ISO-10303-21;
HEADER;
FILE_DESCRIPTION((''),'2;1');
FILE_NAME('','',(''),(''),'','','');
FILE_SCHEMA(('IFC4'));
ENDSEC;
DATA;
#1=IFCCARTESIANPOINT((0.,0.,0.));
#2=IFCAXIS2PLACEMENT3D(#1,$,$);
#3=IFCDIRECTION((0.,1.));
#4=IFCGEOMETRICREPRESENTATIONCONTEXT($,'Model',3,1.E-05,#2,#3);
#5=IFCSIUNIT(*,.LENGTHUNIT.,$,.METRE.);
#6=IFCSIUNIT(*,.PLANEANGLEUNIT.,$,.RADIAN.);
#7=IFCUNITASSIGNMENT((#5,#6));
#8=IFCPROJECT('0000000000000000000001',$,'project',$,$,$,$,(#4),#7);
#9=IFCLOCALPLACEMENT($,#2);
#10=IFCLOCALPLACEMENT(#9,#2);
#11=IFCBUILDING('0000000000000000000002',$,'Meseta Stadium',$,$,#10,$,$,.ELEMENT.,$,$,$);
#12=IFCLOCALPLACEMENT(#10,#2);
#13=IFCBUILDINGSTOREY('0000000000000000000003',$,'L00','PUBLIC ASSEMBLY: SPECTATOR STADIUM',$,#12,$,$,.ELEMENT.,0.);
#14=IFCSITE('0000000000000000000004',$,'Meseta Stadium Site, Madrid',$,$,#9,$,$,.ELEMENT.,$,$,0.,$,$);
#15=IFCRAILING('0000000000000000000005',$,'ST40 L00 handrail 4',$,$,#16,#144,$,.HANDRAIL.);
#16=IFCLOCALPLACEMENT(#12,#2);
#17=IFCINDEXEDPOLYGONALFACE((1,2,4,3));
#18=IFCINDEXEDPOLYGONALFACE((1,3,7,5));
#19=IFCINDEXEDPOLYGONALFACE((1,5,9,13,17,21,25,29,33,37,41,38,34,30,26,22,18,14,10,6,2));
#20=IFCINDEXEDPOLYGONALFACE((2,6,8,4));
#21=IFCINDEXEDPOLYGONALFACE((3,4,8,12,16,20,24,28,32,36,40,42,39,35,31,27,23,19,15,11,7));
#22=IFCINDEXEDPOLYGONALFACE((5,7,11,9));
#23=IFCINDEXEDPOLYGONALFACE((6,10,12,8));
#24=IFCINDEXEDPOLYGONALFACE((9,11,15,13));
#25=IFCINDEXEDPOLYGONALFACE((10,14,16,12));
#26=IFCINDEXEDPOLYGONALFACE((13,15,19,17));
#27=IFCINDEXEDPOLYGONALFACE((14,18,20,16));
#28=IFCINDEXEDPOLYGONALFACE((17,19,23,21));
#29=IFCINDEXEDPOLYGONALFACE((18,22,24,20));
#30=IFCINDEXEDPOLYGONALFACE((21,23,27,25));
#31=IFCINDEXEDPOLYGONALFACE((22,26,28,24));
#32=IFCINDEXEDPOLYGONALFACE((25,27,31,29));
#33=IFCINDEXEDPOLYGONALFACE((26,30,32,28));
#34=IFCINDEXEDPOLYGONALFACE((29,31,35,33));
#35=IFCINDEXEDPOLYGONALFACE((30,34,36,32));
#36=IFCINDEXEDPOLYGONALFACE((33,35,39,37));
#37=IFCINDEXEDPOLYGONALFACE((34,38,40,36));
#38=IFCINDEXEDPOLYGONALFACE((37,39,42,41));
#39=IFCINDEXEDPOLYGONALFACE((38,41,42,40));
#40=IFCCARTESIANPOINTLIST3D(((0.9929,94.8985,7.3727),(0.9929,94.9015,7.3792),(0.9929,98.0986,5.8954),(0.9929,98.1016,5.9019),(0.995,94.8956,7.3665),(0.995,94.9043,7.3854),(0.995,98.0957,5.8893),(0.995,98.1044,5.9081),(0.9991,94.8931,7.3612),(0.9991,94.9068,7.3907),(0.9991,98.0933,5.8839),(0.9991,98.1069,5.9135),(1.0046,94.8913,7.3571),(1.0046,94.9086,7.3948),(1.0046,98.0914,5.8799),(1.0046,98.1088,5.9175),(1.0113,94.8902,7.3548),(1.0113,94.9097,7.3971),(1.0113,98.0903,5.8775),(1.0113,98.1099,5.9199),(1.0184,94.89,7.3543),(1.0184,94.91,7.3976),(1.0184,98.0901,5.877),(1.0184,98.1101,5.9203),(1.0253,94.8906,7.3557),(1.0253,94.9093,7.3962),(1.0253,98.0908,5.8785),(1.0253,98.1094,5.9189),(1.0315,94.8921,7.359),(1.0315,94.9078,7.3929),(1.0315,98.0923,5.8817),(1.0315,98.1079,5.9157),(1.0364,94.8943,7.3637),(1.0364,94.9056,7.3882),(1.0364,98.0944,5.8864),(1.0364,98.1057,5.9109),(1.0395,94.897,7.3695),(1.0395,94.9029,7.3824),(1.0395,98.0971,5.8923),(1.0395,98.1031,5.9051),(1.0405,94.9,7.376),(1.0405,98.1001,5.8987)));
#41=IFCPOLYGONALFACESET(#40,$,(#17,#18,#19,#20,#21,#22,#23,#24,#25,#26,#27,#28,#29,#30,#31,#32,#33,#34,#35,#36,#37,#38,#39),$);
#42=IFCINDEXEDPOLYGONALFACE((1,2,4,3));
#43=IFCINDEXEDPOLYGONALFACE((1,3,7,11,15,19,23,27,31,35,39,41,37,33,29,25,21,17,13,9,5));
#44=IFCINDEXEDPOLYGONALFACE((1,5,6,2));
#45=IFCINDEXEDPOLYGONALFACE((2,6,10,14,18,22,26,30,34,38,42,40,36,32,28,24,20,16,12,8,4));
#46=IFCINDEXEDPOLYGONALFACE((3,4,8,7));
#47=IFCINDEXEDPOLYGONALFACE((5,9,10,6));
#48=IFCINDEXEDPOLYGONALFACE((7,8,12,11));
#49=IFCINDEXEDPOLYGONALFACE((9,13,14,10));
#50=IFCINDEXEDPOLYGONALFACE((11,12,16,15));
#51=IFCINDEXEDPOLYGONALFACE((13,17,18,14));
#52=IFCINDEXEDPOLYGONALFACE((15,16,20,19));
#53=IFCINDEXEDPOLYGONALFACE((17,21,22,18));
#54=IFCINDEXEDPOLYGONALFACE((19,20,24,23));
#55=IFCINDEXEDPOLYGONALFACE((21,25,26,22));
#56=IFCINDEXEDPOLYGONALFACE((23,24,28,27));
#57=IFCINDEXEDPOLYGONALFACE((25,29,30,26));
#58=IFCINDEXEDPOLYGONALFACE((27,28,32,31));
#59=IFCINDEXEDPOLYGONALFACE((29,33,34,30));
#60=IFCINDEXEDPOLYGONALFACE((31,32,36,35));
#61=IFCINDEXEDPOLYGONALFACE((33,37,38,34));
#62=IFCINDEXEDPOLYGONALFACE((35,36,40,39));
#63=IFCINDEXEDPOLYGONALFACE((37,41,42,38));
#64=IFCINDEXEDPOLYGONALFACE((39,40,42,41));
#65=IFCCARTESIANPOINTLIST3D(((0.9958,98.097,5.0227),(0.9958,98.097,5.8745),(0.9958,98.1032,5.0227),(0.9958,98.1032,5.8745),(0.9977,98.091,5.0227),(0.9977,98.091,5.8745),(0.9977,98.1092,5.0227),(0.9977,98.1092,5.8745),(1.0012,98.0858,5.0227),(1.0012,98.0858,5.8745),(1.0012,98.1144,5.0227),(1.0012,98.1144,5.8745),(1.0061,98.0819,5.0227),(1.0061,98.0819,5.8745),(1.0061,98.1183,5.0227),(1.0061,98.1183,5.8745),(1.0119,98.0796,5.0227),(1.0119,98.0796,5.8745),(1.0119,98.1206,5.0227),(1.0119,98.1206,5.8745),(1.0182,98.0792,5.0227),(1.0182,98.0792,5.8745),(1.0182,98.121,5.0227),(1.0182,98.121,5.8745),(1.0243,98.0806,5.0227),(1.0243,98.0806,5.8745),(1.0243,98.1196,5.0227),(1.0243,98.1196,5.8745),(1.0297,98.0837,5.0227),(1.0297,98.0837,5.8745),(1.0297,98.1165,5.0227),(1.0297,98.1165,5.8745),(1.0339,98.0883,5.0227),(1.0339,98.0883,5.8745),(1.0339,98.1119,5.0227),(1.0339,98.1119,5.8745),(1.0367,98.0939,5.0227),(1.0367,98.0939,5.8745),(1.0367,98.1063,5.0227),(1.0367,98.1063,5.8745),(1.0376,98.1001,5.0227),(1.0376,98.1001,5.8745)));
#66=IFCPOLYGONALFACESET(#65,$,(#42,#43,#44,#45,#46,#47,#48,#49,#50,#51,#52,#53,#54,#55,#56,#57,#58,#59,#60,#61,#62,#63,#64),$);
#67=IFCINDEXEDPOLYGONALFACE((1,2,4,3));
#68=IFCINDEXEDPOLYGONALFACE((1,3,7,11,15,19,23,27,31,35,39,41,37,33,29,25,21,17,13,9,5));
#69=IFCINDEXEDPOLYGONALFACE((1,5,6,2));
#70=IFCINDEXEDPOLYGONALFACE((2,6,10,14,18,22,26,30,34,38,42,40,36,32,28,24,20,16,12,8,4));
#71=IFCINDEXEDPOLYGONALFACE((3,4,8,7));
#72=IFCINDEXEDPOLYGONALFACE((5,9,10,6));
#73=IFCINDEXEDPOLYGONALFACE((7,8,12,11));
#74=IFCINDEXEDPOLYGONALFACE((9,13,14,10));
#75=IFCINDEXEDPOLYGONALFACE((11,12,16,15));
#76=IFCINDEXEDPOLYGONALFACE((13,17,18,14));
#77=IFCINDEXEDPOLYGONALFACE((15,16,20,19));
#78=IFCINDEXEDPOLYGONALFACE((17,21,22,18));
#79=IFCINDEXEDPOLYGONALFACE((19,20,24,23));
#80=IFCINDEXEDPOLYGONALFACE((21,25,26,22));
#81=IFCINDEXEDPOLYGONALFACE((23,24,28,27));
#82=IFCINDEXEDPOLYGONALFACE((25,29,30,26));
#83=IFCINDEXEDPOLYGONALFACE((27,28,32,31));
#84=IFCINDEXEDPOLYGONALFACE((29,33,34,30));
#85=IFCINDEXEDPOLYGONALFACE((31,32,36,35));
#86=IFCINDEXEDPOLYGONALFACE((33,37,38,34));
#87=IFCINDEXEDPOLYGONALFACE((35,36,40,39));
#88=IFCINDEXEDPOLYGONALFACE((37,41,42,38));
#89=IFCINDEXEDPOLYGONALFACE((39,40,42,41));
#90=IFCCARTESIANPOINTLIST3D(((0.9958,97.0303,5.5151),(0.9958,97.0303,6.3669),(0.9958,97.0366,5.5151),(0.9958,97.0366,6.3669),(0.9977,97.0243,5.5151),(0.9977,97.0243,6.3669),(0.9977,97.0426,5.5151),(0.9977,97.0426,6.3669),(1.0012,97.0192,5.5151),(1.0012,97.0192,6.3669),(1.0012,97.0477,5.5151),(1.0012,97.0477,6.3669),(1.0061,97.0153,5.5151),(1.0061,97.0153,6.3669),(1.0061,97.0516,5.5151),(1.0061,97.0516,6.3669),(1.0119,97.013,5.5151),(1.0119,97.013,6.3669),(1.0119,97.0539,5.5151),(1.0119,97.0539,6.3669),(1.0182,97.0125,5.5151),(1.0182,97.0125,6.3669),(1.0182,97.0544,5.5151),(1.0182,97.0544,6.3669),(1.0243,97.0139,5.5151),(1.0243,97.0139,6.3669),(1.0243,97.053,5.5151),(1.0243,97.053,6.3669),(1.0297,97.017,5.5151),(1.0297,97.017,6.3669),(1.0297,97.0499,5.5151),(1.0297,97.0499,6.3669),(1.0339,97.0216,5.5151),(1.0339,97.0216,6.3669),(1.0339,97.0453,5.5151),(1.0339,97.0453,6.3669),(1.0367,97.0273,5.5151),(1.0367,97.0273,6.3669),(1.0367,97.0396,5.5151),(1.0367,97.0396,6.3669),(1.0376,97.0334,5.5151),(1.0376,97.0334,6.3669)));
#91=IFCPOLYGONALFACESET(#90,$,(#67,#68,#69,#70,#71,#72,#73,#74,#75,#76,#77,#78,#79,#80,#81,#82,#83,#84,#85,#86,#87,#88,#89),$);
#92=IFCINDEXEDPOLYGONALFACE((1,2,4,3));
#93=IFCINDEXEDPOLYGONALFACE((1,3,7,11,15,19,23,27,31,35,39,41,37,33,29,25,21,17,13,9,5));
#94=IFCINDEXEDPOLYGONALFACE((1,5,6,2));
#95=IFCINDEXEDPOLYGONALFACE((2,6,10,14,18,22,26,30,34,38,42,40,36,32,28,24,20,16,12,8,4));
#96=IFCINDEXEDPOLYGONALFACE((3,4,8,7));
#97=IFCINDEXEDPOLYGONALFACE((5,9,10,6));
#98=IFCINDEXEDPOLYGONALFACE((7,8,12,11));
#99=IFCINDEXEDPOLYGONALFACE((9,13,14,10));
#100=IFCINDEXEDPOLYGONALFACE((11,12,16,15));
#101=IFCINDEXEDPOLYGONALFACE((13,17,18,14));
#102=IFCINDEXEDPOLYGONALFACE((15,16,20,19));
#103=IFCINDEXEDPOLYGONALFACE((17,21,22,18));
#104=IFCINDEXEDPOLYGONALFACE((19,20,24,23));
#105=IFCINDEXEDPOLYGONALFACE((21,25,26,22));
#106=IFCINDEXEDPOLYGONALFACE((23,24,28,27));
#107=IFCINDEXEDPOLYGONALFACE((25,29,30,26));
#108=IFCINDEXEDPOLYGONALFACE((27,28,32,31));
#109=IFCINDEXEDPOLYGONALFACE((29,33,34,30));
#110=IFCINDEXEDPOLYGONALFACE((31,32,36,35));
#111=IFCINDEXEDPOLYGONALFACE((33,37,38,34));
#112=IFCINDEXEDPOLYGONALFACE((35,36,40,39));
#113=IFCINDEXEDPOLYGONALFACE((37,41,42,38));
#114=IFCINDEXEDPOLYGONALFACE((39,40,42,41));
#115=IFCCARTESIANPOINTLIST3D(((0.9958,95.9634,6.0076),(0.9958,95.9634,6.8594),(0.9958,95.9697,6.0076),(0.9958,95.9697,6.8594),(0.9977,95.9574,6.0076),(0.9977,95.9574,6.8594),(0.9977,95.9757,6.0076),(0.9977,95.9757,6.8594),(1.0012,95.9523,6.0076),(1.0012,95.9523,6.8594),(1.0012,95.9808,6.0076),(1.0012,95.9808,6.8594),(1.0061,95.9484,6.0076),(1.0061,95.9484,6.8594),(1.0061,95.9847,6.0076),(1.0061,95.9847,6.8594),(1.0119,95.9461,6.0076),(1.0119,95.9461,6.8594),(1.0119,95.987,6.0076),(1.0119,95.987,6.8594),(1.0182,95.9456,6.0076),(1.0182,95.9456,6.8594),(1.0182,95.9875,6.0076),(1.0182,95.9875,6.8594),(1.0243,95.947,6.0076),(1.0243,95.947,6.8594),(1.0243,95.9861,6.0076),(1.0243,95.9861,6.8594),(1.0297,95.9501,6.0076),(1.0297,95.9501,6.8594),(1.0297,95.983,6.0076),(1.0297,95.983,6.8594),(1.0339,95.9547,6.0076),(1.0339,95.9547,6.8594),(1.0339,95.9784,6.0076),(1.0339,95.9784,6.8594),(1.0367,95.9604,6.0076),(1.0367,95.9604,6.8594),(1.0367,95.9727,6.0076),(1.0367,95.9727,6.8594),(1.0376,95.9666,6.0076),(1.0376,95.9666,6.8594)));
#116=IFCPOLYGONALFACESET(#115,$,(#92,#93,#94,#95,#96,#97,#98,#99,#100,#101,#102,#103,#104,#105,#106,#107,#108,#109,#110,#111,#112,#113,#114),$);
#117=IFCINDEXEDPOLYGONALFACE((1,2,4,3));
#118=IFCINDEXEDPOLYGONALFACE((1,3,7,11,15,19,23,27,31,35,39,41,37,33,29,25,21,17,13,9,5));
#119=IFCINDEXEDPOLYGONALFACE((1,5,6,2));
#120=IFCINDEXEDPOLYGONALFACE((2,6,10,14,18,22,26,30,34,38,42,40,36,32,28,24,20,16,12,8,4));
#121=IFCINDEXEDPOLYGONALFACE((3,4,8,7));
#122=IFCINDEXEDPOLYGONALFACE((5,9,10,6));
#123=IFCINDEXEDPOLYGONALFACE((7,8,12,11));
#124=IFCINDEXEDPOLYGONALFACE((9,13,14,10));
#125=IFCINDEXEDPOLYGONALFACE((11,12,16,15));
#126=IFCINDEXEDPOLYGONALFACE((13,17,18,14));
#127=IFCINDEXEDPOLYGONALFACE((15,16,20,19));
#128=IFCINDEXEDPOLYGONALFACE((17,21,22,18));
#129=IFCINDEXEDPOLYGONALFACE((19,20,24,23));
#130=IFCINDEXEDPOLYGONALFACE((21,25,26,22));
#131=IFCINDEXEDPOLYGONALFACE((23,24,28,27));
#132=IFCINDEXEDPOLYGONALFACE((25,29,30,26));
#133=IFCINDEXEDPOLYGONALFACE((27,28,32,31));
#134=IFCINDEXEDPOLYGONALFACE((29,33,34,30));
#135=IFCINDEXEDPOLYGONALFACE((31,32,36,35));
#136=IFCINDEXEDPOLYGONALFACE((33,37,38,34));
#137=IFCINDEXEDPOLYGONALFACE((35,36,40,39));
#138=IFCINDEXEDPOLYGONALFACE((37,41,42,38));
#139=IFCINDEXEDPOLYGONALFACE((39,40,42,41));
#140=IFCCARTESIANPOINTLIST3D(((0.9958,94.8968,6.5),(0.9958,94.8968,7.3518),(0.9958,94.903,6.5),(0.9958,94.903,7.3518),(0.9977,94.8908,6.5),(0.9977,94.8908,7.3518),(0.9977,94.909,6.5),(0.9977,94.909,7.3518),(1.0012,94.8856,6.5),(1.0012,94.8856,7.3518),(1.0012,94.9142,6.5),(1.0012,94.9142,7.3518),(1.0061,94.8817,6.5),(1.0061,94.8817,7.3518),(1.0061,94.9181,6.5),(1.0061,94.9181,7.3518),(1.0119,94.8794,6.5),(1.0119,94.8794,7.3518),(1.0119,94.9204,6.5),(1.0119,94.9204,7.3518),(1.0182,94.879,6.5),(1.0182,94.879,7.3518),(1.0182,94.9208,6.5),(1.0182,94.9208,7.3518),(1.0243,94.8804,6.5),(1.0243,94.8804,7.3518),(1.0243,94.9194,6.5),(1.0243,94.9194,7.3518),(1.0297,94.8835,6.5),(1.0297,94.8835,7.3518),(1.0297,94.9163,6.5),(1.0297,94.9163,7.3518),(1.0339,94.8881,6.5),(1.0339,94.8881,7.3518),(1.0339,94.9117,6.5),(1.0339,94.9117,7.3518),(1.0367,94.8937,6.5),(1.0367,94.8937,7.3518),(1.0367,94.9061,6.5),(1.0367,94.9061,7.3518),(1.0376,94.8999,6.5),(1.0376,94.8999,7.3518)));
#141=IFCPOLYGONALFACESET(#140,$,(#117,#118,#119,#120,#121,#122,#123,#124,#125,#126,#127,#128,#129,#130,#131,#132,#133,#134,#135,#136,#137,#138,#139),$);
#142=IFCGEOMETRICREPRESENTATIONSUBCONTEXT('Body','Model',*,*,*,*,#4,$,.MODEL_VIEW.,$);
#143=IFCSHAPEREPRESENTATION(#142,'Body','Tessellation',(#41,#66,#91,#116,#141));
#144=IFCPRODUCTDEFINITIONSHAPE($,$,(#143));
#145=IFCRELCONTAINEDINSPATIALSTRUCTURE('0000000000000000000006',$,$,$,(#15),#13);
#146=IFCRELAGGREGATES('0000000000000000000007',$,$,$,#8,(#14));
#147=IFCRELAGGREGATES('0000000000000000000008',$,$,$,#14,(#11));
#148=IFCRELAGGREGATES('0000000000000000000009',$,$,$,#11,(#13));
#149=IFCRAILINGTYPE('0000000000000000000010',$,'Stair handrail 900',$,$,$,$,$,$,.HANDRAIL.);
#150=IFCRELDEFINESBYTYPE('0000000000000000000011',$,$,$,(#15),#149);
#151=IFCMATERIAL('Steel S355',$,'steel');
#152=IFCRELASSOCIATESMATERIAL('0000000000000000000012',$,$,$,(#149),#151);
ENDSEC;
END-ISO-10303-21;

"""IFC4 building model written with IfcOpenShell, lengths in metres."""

from ifc_helpers import new_model, si_unit, direction, frame, origin, origin_2d, place, context, subcontext, project, spatial, circle, extrude, material, type_object, element, save


model = new_model("IFC4")

# Units and contexts
model_context = context("Model", 3, precision=1e-05, world=origin(), true_north=direction((0.0, 1.0)))
body_context = subcontext(model_context, "Body", "Model", "MODEL_VIEW")
ifc_project = project(units=[si_unit("LENGTHUNIT", "METRE"), si_unit("PLANEANGLEUNIT", "RADIAN")], contexts=[model_context])

# Site, building, storey
site_placement = place(None, origin())
site = spatial("IfcSite", under=ifc_project, at=site_placement, Name="Meseta Stadium Site, Madrid", CompositionType="ELEMENT", RefElevation=0.0)
building_placement = place(site_placement, origin())
building = spatial("IfcBuilding", under=site, at=building_placement, Name="Meseta Stadium", CompositionType="ELEMENT")
storey_placement = place(building_placement, origin())
storey = spatial("IfcBuildingStorey", under=building, at=storey_placement, Name="L00", Description="PUBLIC ASSEMBLY: SPECTATOR STADIUM", CompositionType="ELEMENT", Elevation=0.0)

# Railing
ifc_material_1 = material(Name="Steel S355", Category="steel")
railing_type_1 = type_object("IfcRailingType", Name="Stair handrail 900", PredefinedType="HANDRAIL", material=ifc_material_1)
railing_1_placement = place(storey_placement, frame((1.0166, 98.1001, 5.0227)))
element("IfcRailing", 1, at=railing_1_placement, inside=storey, type_object=railing_type_1, Name="ST40 L00 handrail 4", PredefinedType="HANDRAIL", context=body_context, shape_type="SweptSolid", body=[
    extrude(circle(Radius=0.0239, at=origin_2d()), frame((0.0, 0.0, 0.876), z_axis=(0.0, -0.907929, 0.419124), x_axis=(1.0, 0.0, 0.0)), (0.0, 0.0, 1.0), 3.5247),
    extrude(circle(Radius=0.021, at=origin_2d()), origin(), (0.0, 0.0, 1.0), 0.8518),
    extrude(circle(Radius=0.021, at=origin_2d()), frame((0.0, -1.0667, 0.4924)), (0.0, 0.0, 1.0), 0.8518),
    extrude(circle(Radius=0.021, at=origin_2d()), frame((0.0, -2.1335, 0.9849)), (0.0, 0.0, 1.0), 0.8518),
    extrude(circle(Radius=0.021, at=origin_2d()), frame((0.0, -3.2002, 1.4773)), (0.0, 0.0, 1.0), 0.8518),
])

save(model, "model.ifc")
